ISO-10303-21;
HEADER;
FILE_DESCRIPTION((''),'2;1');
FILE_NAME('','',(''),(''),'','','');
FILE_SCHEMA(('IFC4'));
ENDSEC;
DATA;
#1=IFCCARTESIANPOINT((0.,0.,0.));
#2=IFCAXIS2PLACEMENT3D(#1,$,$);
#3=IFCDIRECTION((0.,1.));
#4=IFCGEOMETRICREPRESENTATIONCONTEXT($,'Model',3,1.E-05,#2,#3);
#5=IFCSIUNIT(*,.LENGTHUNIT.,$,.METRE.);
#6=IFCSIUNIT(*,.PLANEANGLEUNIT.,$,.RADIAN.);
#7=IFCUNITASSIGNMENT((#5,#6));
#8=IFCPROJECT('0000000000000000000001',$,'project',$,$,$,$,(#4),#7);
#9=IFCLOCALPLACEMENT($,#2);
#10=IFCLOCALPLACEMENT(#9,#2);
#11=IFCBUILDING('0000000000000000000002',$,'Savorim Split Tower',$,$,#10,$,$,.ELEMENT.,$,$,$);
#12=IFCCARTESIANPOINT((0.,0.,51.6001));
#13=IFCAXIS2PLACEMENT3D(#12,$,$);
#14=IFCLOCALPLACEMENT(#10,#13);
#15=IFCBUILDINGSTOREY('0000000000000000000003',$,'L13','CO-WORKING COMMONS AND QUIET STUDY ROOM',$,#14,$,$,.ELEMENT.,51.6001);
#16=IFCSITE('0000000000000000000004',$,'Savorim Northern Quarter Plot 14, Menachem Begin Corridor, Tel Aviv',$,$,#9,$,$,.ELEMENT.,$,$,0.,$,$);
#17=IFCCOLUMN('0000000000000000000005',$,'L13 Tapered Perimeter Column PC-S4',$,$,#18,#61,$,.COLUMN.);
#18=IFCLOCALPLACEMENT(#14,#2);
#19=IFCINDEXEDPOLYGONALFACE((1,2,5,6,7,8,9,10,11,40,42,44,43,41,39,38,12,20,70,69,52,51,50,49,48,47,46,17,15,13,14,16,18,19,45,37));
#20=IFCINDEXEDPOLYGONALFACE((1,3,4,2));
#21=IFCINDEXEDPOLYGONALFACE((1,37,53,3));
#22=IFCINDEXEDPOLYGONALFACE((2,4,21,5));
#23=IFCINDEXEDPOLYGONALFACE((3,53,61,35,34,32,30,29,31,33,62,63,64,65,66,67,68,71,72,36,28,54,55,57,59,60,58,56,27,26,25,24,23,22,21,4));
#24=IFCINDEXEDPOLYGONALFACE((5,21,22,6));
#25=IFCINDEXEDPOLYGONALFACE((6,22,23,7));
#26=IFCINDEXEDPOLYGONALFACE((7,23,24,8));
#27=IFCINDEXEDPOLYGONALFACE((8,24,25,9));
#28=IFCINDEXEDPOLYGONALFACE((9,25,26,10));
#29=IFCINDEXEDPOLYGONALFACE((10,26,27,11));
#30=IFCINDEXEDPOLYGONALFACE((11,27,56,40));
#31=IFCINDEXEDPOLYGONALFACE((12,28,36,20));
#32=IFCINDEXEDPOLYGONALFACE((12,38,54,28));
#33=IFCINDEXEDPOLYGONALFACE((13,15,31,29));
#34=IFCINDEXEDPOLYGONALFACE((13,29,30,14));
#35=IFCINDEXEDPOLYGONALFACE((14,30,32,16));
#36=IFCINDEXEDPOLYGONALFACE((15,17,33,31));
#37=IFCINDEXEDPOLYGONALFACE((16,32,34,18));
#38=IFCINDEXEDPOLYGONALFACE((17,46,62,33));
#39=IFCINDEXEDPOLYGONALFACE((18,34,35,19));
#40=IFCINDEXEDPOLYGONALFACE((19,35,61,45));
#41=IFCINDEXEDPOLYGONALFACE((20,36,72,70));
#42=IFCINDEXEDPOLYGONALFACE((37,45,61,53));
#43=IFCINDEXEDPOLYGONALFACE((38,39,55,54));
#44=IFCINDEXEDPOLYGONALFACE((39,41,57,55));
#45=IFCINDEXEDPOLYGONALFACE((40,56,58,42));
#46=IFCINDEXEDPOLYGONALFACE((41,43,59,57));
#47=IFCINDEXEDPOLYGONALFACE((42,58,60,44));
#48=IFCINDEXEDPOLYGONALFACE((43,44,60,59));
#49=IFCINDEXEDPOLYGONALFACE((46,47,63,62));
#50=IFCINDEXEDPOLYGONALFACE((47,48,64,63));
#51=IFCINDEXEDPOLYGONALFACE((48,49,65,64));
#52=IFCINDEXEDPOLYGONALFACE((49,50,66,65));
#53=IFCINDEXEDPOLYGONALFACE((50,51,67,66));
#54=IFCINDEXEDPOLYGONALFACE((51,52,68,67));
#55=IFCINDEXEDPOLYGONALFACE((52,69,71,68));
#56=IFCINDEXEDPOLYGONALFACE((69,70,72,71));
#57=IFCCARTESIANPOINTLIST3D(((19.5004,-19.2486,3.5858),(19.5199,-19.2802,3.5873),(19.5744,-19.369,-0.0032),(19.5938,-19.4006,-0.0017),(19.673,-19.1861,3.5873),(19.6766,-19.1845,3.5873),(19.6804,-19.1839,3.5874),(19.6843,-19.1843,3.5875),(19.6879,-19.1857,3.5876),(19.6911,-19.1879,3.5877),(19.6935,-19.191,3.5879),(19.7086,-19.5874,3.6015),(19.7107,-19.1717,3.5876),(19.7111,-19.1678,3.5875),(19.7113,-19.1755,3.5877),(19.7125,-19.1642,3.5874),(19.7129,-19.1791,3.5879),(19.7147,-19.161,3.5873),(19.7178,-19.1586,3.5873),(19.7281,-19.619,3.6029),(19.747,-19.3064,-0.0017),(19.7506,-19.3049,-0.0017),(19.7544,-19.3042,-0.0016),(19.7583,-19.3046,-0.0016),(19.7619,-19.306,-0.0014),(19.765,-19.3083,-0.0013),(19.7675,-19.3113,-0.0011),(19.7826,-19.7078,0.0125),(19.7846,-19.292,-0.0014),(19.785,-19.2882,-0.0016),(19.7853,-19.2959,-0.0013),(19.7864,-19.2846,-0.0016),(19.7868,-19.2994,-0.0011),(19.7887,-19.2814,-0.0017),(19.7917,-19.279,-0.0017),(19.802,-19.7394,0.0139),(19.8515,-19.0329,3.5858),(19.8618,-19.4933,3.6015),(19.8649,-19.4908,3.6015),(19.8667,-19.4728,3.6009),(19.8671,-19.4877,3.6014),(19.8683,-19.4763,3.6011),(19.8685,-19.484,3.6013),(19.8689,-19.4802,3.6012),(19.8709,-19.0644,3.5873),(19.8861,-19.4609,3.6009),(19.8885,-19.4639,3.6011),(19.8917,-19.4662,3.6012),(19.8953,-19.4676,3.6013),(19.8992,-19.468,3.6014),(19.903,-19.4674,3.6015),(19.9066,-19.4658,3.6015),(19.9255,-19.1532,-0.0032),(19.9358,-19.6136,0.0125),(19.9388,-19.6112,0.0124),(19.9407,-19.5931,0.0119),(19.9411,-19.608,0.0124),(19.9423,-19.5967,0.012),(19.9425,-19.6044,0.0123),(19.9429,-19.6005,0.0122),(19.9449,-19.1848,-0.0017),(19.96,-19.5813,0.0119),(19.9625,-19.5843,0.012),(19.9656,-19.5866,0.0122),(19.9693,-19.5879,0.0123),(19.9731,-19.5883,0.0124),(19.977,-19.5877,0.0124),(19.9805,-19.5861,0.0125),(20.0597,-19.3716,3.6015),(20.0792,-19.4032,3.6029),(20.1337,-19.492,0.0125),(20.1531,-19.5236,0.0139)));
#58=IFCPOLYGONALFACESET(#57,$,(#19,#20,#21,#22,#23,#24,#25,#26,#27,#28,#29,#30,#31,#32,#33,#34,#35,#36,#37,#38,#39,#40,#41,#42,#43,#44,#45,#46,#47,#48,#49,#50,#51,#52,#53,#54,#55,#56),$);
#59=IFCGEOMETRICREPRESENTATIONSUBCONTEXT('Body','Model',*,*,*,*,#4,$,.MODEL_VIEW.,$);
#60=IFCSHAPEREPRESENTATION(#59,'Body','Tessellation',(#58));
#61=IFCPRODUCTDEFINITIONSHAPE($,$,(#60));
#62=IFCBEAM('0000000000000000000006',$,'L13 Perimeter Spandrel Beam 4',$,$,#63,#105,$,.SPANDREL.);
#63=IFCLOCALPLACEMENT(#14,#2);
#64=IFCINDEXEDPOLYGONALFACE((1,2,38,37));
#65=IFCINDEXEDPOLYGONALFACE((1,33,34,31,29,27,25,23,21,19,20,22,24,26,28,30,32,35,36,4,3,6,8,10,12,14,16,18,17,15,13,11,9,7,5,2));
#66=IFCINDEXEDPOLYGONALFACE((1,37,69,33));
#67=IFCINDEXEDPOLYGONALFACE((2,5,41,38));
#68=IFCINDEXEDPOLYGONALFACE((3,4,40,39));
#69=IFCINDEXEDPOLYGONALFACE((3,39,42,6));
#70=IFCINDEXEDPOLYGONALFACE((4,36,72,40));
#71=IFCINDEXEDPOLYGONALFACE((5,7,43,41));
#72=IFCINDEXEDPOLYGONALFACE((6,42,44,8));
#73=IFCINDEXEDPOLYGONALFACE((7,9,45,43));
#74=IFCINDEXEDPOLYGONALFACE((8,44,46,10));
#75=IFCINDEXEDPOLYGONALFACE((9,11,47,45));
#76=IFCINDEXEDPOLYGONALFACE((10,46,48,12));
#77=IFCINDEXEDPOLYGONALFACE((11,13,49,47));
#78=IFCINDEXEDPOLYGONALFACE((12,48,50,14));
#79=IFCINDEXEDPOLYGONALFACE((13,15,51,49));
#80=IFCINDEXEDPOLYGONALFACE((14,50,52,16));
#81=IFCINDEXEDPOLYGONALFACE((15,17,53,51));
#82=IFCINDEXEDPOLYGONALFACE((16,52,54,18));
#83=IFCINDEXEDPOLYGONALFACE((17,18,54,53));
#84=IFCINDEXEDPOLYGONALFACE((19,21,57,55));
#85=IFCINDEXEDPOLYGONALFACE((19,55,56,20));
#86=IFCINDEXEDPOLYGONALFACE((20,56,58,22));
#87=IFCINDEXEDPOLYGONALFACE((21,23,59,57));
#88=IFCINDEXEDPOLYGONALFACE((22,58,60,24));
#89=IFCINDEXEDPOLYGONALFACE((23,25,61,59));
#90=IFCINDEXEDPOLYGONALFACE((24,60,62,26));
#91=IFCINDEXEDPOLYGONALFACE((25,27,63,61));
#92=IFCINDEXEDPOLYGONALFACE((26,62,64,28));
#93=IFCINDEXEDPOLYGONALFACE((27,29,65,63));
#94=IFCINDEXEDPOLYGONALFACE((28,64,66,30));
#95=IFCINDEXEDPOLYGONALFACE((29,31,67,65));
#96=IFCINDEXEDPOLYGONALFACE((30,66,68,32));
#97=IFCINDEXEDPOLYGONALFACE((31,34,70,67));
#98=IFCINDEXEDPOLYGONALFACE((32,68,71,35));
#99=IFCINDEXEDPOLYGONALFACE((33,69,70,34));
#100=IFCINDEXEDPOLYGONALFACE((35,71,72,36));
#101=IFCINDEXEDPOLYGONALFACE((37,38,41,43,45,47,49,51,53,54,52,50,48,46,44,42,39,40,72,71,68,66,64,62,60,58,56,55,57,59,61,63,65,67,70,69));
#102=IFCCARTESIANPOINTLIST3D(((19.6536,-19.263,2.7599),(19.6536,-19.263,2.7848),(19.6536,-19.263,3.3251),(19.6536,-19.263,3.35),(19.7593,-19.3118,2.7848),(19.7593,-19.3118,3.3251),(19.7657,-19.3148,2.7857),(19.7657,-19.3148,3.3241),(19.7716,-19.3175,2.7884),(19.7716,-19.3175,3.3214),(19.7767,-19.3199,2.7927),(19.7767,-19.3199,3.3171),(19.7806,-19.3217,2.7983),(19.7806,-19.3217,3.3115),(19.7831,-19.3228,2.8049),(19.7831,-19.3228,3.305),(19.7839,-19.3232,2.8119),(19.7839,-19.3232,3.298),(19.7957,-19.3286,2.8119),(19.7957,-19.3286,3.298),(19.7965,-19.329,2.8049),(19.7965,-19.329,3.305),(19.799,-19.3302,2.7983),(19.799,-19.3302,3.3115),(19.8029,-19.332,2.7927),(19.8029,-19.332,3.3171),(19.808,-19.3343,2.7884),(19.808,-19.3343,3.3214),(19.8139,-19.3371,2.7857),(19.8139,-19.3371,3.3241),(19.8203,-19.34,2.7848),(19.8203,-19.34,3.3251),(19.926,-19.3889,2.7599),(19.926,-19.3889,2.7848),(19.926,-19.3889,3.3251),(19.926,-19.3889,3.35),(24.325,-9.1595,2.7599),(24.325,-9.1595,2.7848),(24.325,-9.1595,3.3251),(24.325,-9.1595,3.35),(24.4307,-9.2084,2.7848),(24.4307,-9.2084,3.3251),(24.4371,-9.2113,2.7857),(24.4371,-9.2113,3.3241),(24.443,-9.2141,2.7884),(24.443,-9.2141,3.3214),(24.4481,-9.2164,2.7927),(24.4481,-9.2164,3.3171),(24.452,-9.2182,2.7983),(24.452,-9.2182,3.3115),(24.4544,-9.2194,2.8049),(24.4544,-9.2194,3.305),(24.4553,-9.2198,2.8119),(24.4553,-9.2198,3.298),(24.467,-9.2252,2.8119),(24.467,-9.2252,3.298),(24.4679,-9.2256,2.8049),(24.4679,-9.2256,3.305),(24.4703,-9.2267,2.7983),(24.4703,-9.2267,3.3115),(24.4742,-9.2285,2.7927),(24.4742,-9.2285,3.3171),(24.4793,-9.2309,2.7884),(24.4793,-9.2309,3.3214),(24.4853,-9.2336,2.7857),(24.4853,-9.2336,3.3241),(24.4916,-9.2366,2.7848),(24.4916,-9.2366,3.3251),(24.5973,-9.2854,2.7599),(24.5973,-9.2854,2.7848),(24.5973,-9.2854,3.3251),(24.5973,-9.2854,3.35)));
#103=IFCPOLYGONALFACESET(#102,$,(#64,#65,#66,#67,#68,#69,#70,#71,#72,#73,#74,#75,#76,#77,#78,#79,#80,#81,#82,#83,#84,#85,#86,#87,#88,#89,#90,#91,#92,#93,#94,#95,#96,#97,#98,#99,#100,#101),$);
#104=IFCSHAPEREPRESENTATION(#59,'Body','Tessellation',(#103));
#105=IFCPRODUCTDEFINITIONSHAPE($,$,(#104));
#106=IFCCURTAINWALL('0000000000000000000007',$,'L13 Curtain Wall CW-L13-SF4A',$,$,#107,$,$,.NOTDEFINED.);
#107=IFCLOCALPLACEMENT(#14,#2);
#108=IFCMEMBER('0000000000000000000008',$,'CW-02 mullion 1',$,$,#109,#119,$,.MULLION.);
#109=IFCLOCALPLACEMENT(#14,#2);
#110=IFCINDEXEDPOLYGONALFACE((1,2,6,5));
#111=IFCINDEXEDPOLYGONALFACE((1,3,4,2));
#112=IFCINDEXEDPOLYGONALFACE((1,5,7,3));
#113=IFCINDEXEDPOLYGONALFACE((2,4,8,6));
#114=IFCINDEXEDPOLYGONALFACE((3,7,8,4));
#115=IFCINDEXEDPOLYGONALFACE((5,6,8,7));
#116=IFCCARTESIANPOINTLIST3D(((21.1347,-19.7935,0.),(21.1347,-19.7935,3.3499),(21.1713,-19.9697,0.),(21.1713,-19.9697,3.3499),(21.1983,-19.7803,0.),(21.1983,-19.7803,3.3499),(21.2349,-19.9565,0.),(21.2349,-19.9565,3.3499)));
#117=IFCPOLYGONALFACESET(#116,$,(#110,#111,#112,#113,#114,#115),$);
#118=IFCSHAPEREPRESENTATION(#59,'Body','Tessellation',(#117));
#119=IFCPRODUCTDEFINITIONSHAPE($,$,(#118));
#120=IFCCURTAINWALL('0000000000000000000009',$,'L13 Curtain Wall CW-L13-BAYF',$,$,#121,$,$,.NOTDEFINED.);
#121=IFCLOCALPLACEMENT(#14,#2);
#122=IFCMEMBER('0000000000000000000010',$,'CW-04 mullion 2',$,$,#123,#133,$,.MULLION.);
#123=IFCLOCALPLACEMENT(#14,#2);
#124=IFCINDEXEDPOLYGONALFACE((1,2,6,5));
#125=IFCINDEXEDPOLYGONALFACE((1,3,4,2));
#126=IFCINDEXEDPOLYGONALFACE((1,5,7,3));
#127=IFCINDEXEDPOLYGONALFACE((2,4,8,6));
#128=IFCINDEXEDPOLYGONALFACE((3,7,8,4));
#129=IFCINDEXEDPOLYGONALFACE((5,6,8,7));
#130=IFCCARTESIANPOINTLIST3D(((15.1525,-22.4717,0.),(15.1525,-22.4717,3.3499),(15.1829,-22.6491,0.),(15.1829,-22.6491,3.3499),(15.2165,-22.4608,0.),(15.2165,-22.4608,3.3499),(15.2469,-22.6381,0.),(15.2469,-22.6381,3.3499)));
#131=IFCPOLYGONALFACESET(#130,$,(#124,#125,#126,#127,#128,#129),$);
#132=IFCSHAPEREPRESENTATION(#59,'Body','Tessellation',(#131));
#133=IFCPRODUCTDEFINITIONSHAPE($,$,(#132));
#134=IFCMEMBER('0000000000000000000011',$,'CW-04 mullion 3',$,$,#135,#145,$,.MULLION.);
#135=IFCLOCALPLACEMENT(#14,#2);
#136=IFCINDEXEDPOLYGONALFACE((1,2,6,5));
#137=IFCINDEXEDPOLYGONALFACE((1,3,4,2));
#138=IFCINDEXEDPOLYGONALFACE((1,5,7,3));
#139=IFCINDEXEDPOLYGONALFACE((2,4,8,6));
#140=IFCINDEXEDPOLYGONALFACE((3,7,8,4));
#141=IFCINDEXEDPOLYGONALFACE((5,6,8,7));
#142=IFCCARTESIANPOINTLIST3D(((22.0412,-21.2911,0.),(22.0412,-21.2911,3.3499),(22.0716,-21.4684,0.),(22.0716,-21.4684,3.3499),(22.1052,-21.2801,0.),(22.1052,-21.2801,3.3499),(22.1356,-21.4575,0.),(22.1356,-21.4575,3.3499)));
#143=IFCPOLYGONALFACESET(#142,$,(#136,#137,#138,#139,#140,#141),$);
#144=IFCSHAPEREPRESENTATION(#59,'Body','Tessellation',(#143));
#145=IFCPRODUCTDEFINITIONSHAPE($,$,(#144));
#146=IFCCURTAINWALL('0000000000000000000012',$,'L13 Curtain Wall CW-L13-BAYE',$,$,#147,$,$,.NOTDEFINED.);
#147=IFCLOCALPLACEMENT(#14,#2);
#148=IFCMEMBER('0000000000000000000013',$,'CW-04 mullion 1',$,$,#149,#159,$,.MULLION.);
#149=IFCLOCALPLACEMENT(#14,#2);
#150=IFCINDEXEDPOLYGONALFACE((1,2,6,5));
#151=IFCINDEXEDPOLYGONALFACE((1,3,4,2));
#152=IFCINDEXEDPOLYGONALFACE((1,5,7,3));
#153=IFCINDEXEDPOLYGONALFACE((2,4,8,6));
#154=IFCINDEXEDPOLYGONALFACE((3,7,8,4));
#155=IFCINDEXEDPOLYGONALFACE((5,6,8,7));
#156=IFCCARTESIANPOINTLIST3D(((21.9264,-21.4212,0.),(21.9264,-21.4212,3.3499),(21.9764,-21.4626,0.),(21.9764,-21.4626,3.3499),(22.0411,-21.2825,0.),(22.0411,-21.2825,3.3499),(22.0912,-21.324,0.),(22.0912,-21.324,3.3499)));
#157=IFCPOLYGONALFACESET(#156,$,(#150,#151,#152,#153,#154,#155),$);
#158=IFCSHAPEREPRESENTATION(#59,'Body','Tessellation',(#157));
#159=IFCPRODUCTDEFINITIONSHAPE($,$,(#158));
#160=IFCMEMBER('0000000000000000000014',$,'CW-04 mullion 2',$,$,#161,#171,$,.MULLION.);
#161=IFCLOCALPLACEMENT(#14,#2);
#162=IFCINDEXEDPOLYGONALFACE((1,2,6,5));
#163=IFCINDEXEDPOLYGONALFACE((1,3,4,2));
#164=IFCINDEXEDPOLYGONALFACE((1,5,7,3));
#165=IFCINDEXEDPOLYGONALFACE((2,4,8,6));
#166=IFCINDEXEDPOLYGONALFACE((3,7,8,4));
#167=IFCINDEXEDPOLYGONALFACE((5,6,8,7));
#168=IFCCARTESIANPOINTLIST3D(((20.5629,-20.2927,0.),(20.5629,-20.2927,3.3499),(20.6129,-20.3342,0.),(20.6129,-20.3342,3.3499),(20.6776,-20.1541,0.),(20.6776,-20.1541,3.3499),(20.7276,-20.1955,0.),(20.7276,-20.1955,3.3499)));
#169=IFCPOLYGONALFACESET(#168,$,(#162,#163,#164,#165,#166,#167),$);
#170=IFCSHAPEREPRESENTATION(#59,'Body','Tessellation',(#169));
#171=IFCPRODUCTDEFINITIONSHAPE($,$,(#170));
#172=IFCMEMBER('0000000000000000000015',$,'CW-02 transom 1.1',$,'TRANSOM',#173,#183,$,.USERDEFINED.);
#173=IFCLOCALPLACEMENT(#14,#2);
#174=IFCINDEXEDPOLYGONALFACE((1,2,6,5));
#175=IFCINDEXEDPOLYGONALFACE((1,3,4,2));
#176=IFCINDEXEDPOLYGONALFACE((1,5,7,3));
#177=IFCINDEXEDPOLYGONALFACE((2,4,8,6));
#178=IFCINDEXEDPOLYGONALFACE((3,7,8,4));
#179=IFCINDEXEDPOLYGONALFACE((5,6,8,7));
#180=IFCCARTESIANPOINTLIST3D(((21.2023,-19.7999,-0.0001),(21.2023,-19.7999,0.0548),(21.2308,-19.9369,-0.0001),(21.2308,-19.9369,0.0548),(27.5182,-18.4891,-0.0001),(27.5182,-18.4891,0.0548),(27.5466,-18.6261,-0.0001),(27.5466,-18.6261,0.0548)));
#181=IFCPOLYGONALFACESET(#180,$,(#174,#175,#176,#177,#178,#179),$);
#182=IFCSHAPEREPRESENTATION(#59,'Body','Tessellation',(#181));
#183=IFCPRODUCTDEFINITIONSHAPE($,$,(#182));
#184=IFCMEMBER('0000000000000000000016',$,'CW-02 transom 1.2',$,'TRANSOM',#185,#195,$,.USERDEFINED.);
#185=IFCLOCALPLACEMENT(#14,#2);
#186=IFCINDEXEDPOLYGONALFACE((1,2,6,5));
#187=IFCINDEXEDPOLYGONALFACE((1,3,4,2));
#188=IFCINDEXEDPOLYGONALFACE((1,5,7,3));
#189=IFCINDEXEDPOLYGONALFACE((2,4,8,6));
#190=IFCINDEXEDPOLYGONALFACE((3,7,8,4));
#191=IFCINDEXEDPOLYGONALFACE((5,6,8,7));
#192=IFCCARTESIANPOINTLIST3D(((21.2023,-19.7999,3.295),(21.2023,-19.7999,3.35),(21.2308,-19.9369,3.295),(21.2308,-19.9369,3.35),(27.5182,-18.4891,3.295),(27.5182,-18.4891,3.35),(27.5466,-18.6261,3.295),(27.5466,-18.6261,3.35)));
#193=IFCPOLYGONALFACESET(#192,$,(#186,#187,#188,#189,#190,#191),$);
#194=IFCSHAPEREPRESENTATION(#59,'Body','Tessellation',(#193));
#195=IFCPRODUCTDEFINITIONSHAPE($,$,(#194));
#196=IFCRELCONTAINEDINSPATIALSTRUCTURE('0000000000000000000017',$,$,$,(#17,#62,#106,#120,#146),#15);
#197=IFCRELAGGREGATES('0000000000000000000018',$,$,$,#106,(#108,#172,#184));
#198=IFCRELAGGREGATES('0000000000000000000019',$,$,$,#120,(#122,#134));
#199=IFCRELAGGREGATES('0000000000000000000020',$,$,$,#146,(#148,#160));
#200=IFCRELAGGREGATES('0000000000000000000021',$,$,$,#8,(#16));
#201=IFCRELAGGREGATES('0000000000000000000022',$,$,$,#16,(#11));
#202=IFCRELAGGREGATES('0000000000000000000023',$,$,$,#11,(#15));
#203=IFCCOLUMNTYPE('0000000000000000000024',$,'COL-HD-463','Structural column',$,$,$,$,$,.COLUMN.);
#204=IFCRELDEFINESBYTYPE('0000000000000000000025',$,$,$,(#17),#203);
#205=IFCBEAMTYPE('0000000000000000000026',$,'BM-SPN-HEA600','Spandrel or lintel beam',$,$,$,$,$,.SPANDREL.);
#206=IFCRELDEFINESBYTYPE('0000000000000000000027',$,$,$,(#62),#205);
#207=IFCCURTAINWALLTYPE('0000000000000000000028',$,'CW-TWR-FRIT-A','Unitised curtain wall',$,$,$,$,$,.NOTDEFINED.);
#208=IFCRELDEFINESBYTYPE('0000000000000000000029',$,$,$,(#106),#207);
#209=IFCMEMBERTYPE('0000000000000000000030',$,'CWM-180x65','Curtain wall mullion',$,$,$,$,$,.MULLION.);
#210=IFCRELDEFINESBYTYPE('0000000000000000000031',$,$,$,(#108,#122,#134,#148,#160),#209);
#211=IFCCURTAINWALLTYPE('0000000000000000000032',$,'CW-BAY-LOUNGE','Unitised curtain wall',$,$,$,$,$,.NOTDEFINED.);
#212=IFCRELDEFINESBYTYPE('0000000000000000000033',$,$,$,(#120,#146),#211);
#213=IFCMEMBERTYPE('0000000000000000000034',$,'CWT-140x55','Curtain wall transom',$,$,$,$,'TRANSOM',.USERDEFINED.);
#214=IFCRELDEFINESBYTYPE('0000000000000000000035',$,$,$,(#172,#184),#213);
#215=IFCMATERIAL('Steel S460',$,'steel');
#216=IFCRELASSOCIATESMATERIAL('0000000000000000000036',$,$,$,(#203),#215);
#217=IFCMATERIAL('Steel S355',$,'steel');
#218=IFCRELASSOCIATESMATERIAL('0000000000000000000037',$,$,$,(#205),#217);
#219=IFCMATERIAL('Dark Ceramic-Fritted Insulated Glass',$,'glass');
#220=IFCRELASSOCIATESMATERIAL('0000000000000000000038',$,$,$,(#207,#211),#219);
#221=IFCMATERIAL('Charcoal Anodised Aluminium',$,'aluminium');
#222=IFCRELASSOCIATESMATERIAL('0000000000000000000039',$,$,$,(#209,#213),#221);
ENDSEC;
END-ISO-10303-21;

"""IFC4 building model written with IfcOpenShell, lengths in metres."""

from ifc_helpers import new_model, si_unit, direction, frame, origin, origin_2d, place, context, subcontext, project, spatial, rectangle, i_section, extrude, material, material_profile, profile_set, type_object, element, aggregate, save


model = new_model("IFC4")

# Units and contexts
model_context = context("Model", 3, precision=1e-05, world=origin(), true_north=direction((0.0, 1.0)))
body_context = subcontext(model_context, "Body", "Model", "MODEL_VIEW")
ifc_project = project(units=[si_unit("LENGTHUNIT", "METRE"), si_unit("PLANEANGLEUNIT", "RADIAN")], contexts=[model_context])

# Site, building, storey
site_placement = place(None, origin())
site = spatial("IfcSite", under=ifc_project, at=site_placement, Name="Savorim Northern Quarter Plot 14, Menachem Begin Corridor, Tel Aviv", CompositionType="ELEMENT", RefElevation=0.0)
building_placement = place(site_placement, origin())
building = spatial("IfcBuilding", under=site, at=building_placement, Name="Savorim Split Tower", CompositionType="ELEMENT")
storey_placement = place(building_placement, frame((0.0, 0.0, 51.6001)))
storey = spatial("IfcBuildingStorey", under=building, at=storey_placement, Name="L13", Description="CO-WORKING COMMONS AND QUIET STUDY ROOM", CompositionType="ELEMENT", Elevation=51.6001)

# Column
ifc_material_1 = material(Name="Steel S460", Category="steel")
ifc_material_profile_1 = material_profile(ifc_material_1, i_section(OverallWidth=0.4121, OverallDepth=0.4351, WebThickness=0.0227, FlangeThickness=0.0371, FilletRadius=0.0149, at=origin_2d()), Name="HD 400x463")
ifc_profile_set_1 = profile_set([ifc_material_profile_1], Name="Steel S460")
column_type = type_object("IfcColumnType", Name="COL-HD-463", Description="Structural column", PredefinedType="COLUMN", material=ifc_profile_set_1)
column_placement = place(storey_placement, frame((19.8638, -19.4463, 0.0054), z_axis=(-0.020595, 0.033509, 0.999226), x_axis=(-0.851955, -0.523615, 0.0)))
element("IfcColumn", 1, at=column_placement, inside=storey, type_object=column_type, Name="L13 Tapered Perimeter Column PC-S4", PredefinedType="COLUMN", context=body_context, shape_type="SweptSolid", body=[
    extrude(i_section(OverallWidth=0.4121, OverallDepth=0.4351, WebThickness=0.0227, FlangeThickness=0.0371, FilletRadius=0.0149, at=origin_2d()), origin(), (0.0, 0.0, 1.0), 3.5918),
])

# Beam
ifc_material_2 = material(Name="Steel S355", Category="steel")
ifc_material_profile_2 = material_profile(ifc_material_2, i_section(OverallWidth=0.3, OverallDepth=0.5901, WebThickness=0.0129, FlangeThickness=0.0249, FilletRadius=0.0271, at=origin_2d()), Name="HEA 600")
ifc_profile_set_2 = profile_set([ifc_material_profile_2], Name="Steel S355")
beam_type = type_object("IfcBeamType", Name="BM-SPN-HEA600", Description="Spandrel or lintel beam", PredefinedType="SPANDREL", material=ifc_profile_set_2)
beam_placement = place(storey_placement, frame((19.7898, -19.3259, 3.0549), z_axis=(0.419667, 0.907678, 0.0), x_axis=(-0.907678, 0.419667, 0.0)))
element("IfcBeam", 2, at=beam_placement, inside=storey, type_object=beam_type, Name="L13 Perimeter Spandrel Beam 4", PredefinedType="SPANDREL", context=body_context, shape_type="SweptSolid", body=[
    extrude(i_section(OverallWidth=0.3, OverallDepth=0.5901, WebThickness=0.0129, FlangeThickness=0.0249, FilletRadius=0.0271, at=origin_2d()), origin(), (0.0, 0.0, 1.0), 11.1311),
])

# Curtain wall, member
ifc_material_3 = material(Name="Dark Ceramic-Fritted Insulated Glass", Category="glass")
curtain_wall_type_1 = type_object("IfcCurtainWallType", Name="CW-TWR-FRIT-A", Description="Unitised curtain wall", PredefinedType="NOTDEFINED", material=ifc_material_3)
curtain_wall_1_placement = place(storey_placement, origin())
curtain_wall_1 = element("IfcCurtainWall", 3, at=curtain_wall_1_placement, inside=storey, type_object=curtain_wall_type_1, Name="L13 Curtain Wall CW-L13-SF4A", PredefinedType="NOTDEFINED")
ifc_material_4 = material(Name="Charcoal Anodised Aluminium", Category="aluminium")
ifc_material_profile_3 = material_profile(ifc_material_4, rectangle(XDim=0.1799, YDim=0.0649, at=origin_2d()), Name="ALU-M 180x65")
ifc_profile_set_3 = profile_set([ifc_material_profile_3], Name="Charcoal Anodised Aluminium")
member_type_1 = type_object("IfcMemberType", Name="CWM-180x65", Description="Curtain wall mullion", PredefinedType="MULLION", material=ifc_profile_set_3)
member_1_placement = place(storey_placement, frame((21.1848, -19.875, 0.0), z_axis=(0.0, 0.0, 1.0), x_axis=(-0.20321, 0.979135, 0.0)))
member_1 = element("IfcMember", 4, at=member_1_placement, type_object=member_type_1, Name="CW-02 mullion 1", PredefinedType="MULLION", context=body_context, shape_type="SweptSolid", body=[
    extrude(rectangle(XDim=0.1799, YDim=0.0649, at=origin_2d()), origin(), (0.0, 0.0, 1.0), 3.3499),
])

# Curtain walls, members
curtain_wall_type_2 = type_object("IfcCurtainWallType", Name="CW-BAY-LOUNGE", Description="Unitised curtain wall", PredefinedType="NOTDEFINED", material=ifc_material_3)
curtain_wall_2_placement = place(storey_placement, origin())
curtain_wall_2 = element("IfcCurtainWall", 5, at=curtain_wall_2_placement, inside=storey, type_object=curtain_wall_type_2, Name="L13 Curtain Wall CW-L13-BAYF", PredefinedType="NOTDEFINED")
member_2_placement = place(storey_placement, frame((15.1997, -22.5549, 0.0), z_axis=(0.0, 0.0, 1.0), x_axis=(-0.168923, 0.985629, 0.0)))
member_2 = element("IfcMember", 6, at=member_2_placement, type_object=member_type_1, Name="CW-04 mullion 2", PredefinedType="MULLION", context=body_context, shape_type="SweptSolid", body=[
    extrude(rectangle(XDim=0.1799, YDim=0.0649, at=origin_2d()), origin(), (0.0, 0.0, 1.0), 3.3499),
])
member_3_placement = place(storey_placement, frame((22.0884, -21.3743, 0.0), z_axis=(0.0, 0.0, 1.0), x_axis=(-0.168923, 0.985629, 0.0)))
member_3 = element("IfcMember", 7, at=member_3_placement, type_object=member_type_1, Name="CW-04 mullion 3", PredefinedType="MULLION", context=body_context, shape_type="SweptSolid", body=[
    extrude(rectangle(XDim=0.1799, YDim=0.0649, at=origin_2d()), origin(), (0.0, 0.0, 1.0), 3.3499),
])
curtain_wall_3_placement = place(storey_placement, origin())
curtain_wall_3 = element("IfcCurtainWall", 8, at=curtain_wall_3_placement, inside=storey, type_object=curtain_wall_type_2, Name="L13 Curtain Wall CW-L13-BAYE", PredefinedType="NOTDEFINED")
member_4_placement = place(storey_placement, frame((22.0088, -21.3726, 0.0), z_axis=(0.0, 0.0, 1.0), x_axis=(-0.637608, -0.770361, 0.0)))
member_4 = element("IfcMember", 9, at=member_4_placement, type_object=member_type_1, Name="CW-04 mullion 1", PredefinedType="MULLION", context=body_context, shape_type="SweptSolid", body=[
    extrude(rectangle(XDim=0.1799, YDim=0.0649, at=origin_2d()), origin(), (0.0, 0.0, 1.0), 3.3499),
])
member_5_placement = place(storey_placement, frame((20.6453, -20.2441, 0.0), z_axis=(0.0, 0.0, 1.0), x_axis=(-0.637608, -0.770361, 0.0)))
member_5 = element("IfcMember", 10, at=member_5_placement, type_object=member_type_1, Name="CW-04 mullion 2", PredefinedType="MULLION", context=body_context, shape_type="SweptSolid", body=[
    extrude(rectangle(XDim=0.1799, YDim=0.0649, at=origin_2d()), origin(), (0.0, 0.0, 1.0), 3.3499),
])

# Members
ifc_material_profile_4 = material_profile(ifc_material_4, rectangle(XDim=0.1399, YDim=0.0549, at=origin_2d()), Name="ALU-T 140x55")
ifc_profile_set_4 = profile_set([ifc_material_profile_4], Name="Charcoal Anodised Aluminium")
member_type_2 = type_object("IfcMemberType", Name="CWT-140x55", Description="Curtain wall transom", ElementType="TRANSOM", PredefinedType="USERDEFINED", material=ifc_profile_set_4)
member_6_placement = place(storey_placement, frame((21.2166, -19.8684, 0.0273), z_axis=(0.979136, 0.203208, 0.0), x_axis=(-0.203208, 0.979136, 0.0)))
member_6 = element("IfcMember", 11, at=member_6_placement, type_object=member_type_2, Name="CW-02 transom 1.1", ObjectType="TRANSOM", PredefinedType="USERDEFINED", context=body_context, shape_type="SweptSolid", body=[
    extrude(rectangle(XDim=0.1399, YDim=0.0549, at=origin_2d()), origin(), (0.0, 0.0, 1.0), 6.4504),
])
member_7_placement = place(storey_placement, frame((21.2166, -19.8684, 3.3225), z_axis=(0.979136, 0.203208, 0.0), x_axis=(-0.203208, 0.979136, 0.0)))
member_7 = element("IfcMember", 12, at=member_7_placement, type_object=member_type_2, Name="CW-02 transom 1.2", ObjectType="TRANSOM", PredefinedType="USERDEFINED", context=body_context, shape_type="SweptSolid", body=[
    extrude(rectangle(XDim=0.1399, YDim=0.0549, at=origin_2d()), origin(), (0.0, 0.0, 1.0), 6.4504),
])
aggregate(curtain_wall_1, [member_1, member_6, member_7])

aggregate(curtain_wall_2, [member_2, member_3])
aggregate(curtain_wall_3, [member_4, member_5])

save(model, "model.ifc")
